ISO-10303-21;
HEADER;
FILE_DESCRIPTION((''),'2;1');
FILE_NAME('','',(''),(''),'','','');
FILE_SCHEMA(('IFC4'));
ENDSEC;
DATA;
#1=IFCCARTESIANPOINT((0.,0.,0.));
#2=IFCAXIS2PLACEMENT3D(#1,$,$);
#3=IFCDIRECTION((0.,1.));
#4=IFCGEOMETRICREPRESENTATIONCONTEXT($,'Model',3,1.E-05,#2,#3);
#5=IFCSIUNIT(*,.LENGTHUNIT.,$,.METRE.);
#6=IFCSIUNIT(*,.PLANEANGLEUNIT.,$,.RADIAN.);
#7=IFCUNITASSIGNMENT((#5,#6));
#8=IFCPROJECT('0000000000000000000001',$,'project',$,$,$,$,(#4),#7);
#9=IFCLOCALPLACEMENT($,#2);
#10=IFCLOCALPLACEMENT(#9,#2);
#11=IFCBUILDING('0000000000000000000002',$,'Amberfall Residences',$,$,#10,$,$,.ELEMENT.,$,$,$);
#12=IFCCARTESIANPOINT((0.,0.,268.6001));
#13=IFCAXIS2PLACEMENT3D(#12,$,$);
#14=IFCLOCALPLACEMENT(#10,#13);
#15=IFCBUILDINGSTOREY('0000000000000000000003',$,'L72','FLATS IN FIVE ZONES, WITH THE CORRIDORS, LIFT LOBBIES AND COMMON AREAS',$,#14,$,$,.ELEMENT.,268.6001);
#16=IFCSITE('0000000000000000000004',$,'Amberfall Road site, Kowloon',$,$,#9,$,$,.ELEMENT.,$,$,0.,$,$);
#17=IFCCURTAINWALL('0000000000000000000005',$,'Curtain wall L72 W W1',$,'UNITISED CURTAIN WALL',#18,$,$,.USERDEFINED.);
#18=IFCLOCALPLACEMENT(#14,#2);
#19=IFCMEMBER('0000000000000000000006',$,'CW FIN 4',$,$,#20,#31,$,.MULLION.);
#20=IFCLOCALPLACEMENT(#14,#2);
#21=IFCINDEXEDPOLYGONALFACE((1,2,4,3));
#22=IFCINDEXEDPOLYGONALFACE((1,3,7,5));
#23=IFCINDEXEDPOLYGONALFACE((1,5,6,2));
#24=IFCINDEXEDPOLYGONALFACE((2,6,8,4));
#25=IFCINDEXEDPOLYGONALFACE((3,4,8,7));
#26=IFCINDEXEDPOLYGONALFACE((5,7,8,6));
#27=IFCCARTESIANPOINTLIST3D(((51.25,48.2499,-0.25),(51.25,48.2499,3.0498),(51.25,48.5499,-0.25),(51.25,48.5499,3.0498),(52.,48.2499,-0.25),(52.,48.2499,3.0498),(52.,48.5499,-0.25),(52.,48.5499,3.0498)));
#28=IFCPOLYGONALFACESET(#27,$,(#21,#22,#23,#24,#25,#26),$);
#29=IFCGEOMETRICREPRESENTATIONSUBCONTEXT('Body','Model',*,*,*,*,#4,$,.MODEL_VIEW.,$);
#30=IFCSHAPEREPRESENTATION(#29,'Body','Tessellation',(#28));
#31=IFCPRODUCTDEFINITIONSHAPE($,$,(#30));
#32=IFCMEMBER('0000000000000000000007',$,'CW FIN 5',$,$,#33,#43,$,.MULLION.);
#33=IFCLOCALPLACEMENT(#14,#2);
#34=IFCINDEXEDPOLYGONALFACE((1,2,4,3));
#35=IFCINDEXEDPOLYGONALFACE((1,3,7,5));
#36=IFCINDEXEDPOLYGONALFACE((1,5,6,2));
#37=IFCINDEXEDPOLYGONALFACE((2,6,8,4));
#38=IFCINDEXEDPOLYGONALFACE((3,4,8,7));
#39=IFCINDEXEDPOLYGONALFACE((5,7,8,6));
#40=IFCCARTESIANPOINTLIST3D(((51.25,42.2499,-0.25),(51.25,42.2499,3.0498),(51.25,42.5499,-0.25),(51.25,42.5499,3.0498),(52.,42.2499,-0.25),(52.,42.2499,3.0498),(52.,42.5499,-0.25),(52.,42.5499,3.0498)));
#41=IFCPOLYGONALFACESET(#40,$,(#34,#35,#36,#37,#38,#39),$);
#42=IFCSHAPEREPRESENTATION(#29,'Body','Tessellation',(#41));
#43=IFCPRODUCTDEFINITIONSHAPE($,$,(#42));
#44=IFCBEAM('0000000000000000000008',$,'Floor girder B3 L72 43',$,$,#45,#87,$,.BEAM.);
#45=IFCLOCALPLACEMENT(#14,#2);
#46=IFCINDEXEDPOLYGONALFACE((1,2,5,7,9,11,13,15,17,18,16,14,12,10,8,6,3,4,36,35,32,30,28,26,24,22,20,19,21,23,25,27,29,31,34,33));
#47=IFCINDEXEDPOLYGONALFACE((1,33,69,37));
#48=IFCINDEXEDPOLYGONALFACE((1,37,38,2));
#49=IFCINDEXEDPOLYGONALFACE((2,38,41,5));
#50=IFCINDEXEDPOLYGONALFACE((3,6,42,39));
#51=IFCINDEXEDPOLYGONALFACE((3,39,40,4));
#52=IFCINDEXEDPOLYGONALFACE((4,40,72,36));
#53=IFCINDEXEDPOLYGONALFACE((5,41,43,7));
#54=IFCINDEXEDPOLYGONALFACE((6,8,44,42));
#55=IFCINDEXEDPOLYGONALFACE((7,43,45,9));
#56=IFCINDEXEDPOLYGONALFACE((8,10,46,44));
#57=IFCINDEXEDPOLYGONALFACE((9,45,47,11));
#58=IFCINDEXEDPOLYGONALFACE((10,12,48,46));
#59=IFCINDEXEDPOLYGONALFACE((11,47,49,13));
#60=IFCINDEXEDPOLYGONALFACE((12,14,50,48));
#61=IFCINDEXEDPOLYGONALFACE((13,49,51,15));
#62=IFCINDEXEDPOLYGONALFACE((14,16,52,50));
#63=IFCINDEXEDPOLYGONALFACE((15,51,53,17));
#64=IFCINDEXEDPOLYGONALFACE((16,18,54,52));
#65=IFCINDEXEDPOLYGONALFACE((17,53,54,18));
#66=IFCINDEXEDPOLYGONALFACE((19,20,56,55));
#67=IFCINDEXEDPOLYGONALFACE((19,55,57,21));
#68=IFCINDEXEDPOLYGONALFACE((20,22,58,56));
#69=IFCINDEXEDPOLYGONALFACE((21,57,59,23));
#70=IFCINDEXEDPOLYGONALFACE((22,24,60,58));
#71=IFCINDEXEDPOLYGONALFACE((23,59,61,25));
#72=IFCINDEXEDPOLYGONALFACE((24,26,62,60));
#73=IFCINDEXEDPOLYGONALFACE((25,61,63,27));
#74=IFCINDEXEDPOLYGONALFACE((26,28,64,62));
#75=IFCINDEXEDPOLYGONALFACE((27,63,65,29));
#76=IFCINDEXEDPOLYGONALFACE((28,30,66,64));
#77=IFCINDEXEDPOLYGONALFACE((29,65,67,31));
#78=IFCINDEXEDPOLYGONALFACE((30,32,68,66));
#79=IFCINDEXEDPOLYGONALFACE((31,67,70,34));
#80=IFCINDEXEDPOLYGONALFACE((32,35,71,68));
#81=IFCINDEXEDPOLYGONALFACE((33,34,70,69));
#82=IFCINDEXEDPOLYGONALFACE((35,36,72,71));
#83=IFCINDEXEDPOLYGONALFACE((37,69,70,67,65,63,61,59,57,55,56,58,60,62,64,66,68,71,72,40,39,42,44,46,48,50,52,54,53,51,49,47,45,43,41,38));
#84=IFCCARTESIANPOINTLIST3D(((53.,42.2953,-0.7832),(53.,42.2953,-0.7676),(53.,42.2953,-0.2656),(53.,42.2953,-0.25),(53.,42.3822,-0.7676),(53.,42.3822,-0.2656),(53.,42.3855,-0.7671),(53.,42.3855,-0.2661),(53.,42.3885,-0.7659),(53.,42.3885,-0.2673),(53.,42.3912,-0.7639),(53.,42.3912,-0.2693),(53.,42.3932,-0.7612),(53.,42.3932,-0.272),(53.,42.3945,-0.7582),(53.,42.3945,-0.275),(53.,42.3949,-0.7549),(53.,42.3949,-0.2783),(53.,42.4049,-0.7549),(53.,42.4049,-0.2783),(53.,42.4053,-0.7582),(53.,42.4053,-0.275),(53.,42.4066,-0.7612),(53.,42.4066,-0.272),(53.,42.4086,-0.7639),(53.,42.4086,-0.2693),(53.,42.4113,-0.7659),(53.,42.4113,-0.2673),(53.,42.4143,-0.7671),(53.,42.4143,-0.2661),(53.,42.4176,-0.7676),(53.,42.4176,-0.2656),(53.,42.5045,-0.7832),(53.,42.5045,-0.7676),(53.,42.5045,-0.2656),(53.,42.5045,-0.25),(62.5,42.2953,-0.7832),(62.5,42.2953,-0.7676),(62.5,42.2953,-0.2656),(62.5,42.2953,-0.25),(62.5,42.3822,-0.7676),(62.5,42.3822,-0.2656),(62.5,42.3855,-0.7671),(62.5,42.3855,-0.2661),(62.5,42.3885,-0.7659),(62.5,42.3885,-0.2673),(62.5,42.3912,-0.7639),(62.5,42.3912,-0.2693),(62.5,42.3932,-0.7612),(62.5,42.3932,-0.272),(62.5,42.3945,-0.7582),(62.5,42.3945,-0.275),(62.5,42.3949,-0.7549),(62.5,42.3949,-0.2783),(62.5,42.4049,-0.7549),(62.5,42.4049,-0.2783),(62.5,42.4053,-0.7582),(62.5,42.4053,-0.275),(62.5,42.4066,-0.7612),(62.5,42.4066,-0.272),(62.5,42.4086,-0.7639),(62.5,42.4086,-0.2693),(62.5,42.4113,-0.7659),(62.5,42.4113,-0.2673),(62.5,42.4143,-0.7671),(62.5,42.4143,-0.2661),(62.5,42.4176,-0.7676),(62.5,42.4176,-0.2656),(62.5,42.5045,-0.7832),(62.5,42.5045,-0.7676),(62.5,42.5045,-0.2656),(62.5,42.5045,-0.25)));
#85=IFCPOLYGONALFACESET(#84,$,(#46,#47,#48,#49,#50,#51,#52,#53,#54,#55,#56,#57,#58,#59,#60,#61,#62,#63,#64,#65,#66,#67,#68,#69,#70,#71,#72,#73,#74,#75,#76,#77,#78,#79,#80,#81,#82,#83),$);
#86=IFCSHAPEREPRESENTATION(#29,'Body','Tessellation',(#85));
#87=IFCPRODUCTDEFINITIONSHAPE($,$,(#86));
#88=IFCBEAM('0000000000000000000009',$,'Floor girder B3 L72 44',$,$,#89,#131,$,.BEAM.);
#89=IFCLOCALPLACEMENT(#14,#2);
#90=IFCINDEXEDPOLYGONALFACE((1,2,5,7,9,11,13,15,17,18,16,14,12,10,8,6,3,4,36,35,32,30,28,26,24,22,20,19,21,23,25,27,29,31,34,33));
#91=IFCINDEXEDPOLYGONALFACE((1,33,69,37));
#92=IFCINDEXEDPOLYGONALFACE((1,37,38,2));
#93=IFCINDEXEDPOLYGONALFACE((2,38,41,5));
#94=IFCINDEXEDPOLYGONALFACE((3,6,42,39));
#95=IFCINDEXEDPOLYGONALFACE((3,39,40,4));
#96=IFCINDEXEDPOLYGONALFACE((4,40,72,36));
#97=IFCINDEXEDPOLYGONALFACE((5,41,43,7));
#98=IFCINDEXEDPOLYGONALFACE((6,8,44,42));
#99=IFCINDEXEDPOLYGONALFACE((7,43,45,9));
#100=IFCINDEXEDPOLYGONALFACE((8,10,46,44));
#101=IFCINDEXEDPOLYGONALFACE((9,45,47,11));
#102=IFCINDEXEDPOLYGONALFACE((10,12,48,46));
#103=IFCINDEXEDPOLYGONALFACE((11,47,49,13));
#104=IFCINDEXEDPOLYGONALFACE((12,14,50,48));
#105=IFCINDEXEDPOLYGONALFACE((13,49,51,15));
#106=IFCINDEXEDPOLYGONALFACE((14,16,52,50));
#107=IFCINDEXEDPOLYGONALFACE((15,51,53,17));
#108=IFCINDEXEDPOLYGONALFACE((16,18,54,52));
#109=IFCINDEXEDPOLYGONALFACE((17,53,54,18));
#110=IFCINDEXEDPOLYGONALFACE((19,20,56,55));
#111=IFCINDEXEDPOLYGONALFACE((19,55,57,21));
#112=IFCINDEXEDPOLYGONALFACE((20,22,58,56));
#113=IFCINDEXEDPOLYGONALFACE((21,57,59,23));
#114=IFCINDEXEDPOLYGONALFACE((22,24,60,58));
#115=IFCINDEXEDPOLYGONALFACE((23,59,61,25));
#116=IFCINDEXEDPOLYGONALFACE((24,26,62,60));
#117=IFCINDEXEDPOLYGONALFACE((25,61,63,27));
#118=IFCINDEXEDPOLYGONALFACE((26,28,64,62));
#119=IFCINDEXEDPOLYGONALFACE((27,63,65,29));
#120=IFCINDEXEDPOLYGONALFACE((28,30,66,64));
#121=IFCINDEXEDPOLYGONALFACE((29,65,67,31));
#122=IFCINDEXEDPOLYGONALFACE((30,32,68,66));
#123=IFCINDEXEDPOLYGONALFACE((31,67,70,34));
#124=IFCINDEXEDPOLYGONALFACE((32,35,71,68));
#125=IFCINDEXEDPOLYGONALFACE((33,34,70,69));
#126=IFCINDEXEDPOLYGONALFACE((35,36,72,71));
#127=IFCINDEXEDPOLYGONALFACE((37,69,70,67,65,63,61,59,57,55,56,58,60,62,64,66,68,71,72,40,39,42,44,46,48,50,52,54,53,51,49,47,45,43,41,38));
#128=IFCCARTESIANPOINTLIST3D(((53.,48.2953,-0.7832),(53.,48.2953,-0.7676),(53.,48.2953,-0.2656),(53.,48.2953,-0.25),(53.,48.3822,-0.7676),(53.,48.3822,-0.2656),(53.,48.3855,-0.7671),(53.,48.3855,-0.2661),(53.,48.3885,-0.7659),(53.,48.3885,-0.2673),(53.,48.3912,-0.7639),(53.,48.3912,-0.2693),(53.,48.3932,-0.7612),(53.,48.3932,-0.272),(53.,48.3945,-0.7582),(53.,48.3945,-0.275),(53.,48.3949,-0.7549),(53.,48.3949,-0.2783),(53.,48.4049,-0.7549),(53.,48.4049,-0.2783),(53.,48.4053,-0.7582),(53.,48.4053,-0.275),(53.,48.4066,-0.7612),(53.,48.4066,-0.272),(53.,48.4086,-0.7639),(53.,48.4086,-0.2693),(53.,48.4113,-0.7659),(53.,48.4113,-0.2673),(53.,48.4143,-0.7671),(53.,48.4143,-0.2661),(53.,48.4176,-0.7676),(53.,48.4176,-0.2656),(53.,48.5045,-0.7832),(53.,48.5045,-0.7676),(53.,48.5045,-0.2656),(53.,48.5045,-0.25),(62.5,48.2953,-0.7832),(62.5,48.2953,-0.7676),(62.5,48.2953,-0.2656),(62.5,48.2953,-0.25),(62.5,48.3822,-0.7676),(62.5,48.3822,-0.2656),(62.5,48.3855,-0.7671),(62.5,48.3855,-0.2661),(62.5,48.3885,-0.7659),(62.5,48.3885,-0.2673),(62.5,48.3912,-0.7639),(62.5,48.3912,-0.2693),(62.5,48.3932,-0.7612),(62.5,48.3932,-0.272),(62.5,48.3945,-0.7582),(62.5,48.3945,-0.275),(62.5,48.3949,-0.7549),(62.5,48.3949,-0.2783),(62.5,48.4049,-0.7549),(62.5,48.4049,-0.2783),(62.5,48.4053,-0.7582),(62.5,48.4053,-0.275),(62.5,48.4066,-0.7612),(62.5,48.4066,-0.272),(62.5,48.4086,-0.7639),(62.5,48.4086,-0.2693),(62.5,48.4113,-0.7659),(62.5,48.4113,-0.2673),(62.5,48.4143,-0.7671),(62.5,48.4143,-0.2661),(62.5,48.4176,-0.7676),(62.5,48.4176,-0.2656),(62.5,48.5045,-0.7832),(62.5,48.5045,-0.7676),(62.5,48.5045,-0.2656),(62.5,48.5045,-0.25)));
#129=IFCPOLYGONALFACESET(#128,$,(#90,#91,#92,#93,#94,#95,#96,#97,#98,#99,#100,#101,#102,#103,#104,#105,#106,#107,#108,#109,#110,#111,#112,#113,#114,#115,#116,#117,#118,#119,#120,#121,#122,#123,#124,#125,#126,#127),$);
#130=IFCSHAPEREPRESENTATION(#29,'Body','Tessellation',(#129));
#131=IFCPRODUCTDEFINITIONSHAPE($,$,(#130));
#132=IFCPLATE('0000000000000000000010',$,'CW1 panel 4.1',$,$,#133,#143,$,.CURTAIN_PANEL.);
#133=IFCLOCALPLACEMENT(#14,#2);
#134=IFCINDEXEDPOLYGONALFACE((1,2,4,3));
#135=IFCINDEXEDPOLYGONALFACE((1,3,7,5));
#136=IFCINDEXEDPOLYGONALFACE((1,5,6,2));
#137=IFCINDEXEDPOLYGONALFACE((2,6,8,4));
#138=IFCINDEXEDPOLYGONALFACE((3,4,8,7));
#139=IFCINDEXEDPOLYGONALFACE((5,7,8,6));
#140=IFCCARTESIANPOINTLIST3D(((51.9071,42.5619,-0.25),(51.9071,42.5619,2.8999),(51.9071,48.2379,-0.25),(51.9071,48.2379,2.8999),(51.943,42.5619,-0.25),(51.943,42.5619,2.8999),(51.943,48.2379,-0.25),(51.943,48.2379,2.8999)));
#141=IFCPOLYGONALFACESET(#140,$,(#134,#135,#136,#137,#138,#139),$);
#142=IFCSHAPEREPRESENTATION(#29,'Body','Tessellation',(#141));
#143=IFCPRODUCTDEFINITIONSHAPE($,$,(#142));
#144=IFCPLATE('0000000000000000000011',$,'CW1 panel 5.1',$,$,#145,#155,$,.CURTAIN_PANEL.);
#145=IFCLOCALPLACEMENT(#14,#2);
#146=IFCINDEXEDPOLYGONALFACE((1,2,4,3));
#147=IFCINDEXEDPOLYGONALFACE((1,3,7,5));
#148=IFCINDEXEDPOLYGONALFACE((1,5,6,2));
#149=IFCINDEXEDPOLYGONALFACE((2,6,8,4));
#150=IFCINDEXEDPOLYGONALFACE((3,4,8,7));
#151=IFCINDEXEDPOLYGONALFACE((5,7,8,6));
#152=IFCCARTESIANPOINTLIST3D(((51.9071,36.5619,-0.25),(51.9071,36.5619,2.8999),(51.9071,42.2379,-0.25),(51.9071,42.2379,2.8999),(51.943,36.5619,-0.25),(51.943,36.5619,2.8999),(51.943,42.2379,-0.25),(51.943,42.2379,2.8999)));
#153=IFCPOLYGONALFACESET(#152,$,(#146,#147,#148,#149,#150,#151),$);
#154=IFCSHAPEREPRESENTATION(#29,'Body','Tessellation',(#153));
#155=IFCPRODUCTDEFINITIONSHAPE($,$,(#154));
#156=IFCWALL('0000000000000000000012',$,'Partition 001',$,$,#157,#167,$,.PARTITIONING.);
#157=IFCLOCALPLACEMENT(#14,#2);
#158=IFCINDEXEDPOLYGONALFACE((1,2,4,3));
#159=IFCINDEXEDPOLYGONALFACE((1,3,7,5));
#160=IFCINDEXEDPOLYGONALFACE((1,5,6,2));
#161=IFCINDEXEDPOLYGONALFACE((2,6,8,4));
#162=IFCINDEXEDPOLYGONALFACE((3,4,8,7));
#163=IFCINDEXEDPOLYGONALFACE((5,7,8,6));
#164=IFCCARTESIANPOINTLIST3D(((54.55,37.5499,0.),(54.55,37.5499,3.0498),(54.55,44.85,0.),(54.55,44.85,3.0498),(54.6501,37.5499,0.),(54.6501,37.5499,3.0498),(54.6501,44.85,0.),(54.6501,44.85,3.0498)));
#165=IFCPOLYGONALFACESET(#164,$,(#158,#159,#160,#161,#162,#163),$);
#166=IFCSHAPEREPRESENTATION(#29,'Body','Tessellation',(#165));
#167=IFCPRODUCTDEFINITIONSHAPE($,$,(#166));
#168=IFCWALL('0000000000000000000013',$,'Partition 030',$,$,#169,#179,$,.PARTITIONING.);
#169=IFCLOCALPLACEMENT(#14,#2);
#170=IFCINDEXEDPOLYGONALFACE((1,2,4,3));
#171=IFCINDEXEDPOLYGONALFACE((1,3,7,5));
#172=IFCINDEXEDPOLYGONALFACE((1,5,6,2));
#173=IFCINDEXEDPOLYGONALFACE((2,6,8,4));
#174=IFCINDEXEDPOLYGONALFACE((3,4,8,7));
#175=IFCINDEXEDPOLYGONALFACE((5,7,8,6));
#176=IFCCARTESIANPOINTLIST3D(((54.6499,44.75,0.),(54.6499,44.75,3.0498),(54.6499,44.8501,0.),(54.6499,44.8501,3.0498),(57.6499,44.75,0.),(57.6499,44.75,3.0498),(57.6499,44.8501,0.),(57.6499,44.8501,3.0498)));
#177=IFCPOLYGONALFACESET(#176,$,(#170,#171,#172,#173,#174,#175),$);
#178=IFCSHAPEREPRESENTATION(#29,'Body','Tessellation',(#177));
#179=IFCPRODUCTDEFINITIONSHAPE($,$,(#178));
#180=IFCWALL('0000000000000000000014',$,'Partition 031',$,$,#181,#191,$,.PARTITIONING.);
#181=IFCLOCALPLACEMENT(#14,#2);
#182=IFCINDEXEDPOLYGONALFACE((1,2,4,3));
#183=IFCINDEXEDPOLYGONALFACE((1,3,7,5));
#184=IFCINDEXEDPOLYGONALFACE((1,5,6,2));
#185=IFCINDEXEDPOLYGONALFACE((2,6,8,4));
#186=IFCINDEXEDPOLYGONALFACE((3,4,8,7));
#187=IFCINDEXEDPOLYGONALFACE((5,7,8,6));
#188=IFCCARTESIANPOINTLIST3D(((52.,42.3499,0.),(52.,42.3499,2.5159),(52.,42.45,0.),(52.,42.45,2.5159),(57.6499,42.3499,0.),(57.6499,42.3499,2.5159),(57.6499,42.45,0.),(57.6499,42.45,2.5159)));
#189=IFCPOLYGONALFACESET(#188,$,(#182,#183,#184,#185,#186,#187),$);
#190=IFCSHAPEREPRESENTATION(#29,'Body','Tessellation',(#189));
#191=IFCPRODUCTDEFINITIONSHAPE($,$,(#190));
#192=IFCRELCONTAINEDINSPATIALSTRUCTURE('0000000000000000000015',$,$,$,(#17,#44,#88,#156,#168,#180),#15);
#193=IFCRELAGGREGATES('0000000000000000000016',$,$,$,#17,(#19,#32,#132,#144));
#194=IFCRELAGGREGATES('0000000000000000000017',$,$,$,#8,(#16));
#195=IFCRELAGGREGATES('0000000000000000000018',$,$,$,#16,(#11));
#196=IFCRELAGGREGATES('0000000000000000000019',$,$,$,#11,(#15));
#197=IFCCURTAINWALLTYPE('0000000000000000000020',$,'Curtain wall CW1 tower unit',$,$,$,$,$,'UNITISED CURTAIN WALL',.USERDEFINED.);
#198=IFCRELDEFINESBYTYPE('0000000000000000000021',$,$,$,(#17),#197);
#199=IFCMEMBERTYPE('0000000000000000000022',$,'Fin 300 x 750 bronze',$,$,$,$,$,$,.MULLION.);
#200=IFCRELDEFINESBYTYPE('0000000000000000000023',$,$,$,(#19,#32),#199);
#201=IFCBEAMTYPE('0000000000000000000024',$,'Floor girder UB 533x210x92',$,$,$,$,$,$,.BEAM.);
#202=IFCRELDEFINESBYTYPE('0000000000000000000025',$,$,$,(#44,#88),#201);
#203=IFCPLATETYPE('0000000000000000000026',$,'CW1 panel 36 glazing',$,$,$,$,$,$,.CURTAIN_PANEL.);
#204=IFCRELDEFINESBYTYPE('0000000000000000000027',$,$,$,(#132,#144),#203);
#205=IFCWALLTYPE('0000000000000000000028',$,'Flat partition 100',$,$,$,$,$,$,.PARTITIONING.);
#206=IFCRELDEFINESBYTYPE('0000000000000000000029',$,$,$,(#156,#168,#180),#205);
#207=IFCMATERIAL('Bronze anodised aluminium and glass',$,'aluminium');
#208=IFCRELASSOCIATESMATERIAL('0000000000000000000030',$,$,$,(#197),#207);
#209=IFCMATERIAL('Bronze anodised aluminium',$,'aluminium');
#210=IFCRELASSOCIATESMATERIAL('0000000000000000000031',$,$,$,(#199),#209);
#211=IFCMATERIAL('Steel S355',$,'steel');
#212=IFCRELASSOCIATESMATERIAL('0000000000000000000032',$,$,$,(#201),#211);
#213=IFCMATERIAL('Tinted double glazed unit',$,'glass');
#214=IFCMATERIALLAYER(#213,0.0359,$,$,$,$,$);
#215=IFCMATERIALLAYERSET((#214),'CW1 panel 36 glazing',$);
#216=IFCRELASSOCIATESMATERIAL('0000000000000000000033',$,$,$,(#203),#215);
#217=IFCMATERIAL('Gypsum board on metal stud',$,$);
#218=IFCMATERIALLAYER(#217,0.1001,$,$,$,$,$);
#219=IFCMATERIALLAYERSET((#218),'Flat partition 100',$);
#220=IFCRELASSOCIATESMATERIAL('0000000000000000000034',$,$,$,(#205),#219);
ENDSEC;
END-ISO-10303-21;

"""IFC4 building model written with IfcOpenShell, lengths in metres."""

from ifc_helpers import new_model, si_unit, direction, frame, frame_2d, origin, origin_2d, place, context, subcontext, project, spatial, rectangle, i_section, extrude, material, layer, layer_set, material_profile, profile_set, type_object, element, aggregate, save


model = new_model("IFC4")

# Units and contexts
model_context = context("Model", 3, precision=1e-05, world=origin(), true_north=direction((0.0, 1.0)))
body_context = subcontext(model_context, "Body", "Model", "MODEL_VIEW")
ifc_project = project(units=[si_unit("LENGTHUNIT", "METRE"), si_unit("PLANEANGLEUNIT", "RADIAN")], contexts=[model_context])

# Site, building, storey
site_placement = place(None, origin())
site = spatial("IfcSite", under=ifc_project, at=site_placement, Name="Amberfall Road site, Kowloon", CompositionType="ELEMENT", RefElevation=0.0)
building_placement = place(site_placement, origin())
building = spatial("IfcBuilding", under=site, at=building_placement, Name="Amberfall Residences", CompositionType="ELEMENT")
storey_placement = place(building_placement, frame((0.0, 0.0, 268.6001)))
storey = spatial("IfcBuildingStorey", under=building, at=storey_placement, Name="L72", Description="FLATS IN FIVE ZONES, WITH THE CORRIDORS, LIFT LOBBIES AND COMMON AREAS", CompositionType="ELEMENT", Elevation=268.6001)

# Curtain wall
ifc_material_1 = material(Name="Bronze anodised aluminium and glass", Category="aluminium")
curtain_wall_type = type_object("IfcCurtainWallType", Name="Curtain wall CW1 tower unit", ElementType="UNITISED CURTAIN WALL", PredefinedType="USERDEFINED", material=ifc_material_1)
curtain_wall_placement = place(storey_placement, origin())
curtain_wall = element("IfcCurtainWall", 1, at=curtain_wall_placement, inside=storey, type_object=curtain_wall_type, Name="Curtain wall L72 W W1", ObjectType="UNITISED CURTAIN WALL", PredefinedType="USERDEFINED")
ifc_material_2 = material(Name="Bronze anodised aluminium", Category="aluminium")

# Shared definitions
ifc_material_3 = material(Name="Steel S355", Category="steel")

# Members
ifc_material_profile_1 = material_profile(ifc_material_2, rectangle(XDim=0.75, YDim=0.3, at=origin_2d()), Name="Fin 300 x 750 bronze")
ifc_profile_set_1 = profile_set([ifc_material_profile_1], Name="Bronze anodised aluminium")
member_type_1 = type_object("IfcMemberType", Name="Fin 300 x 750 bronze", PredefinedType="MULLION", material=ifc_profile_set_1)
member_1_placement = place(storey_placement, frame((51.625, 48.3999, -0.25), z_axis=(0.0, 0.0, 1.0), x_axis=(1.0, 0.0, 0.0)))
member_1 = element("IfcMember", 2, at=member_1_placement, type_object=member_type_1, Name="CW FIN 4", PredefinedType="MULLION", context=body_context, shape_type="SweptSolid", body=[
    extrude(rectangle(XDim=0.75, YDim=0.3, at=origin_2d()), origin(), (0.0, 0.0, 1.0), 3.2998),
])
member_2_placement = place(storey_placement, frame((51.625, 42.3999, -0.25), z_axis=(0.0, 0.0, 1.0), x_axis=(1.0, 0.0, 0.0)))
member_2 = element("IfcMember", 3, at=member_2_placement, type_object=member_type_1, Name="CW FIN 5", PredefinedType="MULLION", context=body_context, shape_type="SweptSolid", body=[
    extrude(rectangle(XDim=0.75, YDim=0.3, at=origin_2d()), origin(), (0.0, 0.0, 1.0), 3.2998),
])

# Beams
ifc_material_profile_2 = material_profile(ifc_material_3, i_section(OverallWidth=0.2092, OverallDepth=0.5332, WebThickness=0.01, FlangeThickness=0.0156, FilletRadius=0.0127, at=origin_2d()), Name="UB 533x210x92")
ifc_profile_set_2 = profile_set([ifc_material_profile_2], Name="Steel S355")
beam_type_1 = type_object("IfcBeamType", Name="Floor girder UB 533x210x92", PredefinedType="BEAM", material=ifc_profile_set_2)
for number, where, z_axis, x_axis, name in (
    (4, (53.0, 42.3999, -0.5166), (1.0, 0.0, 0.0), (0.0, 1.0, 0.0), "Floor girder B3 L72 43"),
    (5, (53.0, 48.3999, -0.5166), (1.0, 0.0, 0.0), (0.0, 1.0, 0.0), "Floor girder B3 L72 44"),
):
    element("IfcBeam", number, at=place(storey_placement, frame(where, z_axis=z_axis, x_axis=x_axis)), inside=storey, type_object=beam_type_1, Name=name, PredefinedType="BEAM", context=body_context, shape_type="SweptSolid", body=[
        extrude(i_section(OverallWidth=0.2092, OverallDepth=0.5332, WebThickness=0.01, FlangeThickness=0.0156, FilletRadius=0.0127, at=origin_2d()), origin(), (0.0, 0.0, 1.0), 9.5),
    ])

# Plates
ifc_material_4 = material(Name="Tinted double glazed unit", Category="glass")
ifc_layer_1 = layer(ifc_material_4, 0.0359)
ifc_layer_set_1 = layer_set([ifc_layer_1], Name="CW1 panel 36 glazing")
plate_type = type_object("IfcPlateType", Name="CW1 panel 36 glazing", PredefinedType="CURTAIN_PANEL", material=ifc_layer_set_1)
plate_1_placement = place(storey_placement, frame((51.925, 45.3999, -0.25), z_axis=(0.0, 0.0, 1.0), x_axis=(0.0, -1.0, 0.0)))
plate_1 = element("IfcPlate", 6, at=plate_1_placement, type_object=plate_type, Name="CW1 panel 4.1", PredefinedType="CURTAIN_PANEL", context=body_context, shape_type="SweptSolid", body=[
    extrude(rectangle(XDim=5.676, YDim=0.0359, at=origin_2d()), origin(), (0.0, 0.0, 1.0), 3.1499),
])
plate_2_placement = place(storey_placement, frame((51.925, 39.3999, -0.25), z_axis=(0.0, 0.0, 1.0), x_axis=(0.0, -1.0, 0.0)))
plate_2 = element("IfcPlate", 7, at=plate_2_placement, type_object=plate_type, Name="CW1 panel 5.1", PredefinedType="CURTAIN_PANEL", context=body_context, shape_type="SweptSolid", body=[
    extrude(rectangle(XDim=5.676, YDim=0.0359, at=origin_2d()), origin(), (0.0, 0.0, 1.0), 3.1499),
])
aggregate(curtain_wall, [member_1, member_2, plate_1, plate_2])

# Walls
ifc_material_5 = material(Name="Gypsum board on metal stud")
ifc_layer_2 = layer(ifc_material_5, 0.1001)
ifc_layer_set_2 = layer_set([ifc_layer_2], Name="Flat partition 100")
wall_type_1 = type_object("IfcWallType", Name="Flat partition 100", PredefinedType="PARTITIONING", material=ifc_layer_set_2)
wall_1_placement = place(storey_placement, frame((54.6001, 37.55, 0.0), z_axis=(0.0, 0.0, 1.0), x_axis=(0.0, 1.0, 0.0)))
element("IfcWall", 8, at=wall_1_placement, inside=storey, type_object=wall_type_1, Name="Partition 001", PredefinedType="PARTITIONING", context=body_context, shape_type="SweptSolid", body=[
    extrude(rectangle(XDim=7.3, YDim=0.1001, at=frame_2d((3.6499, 0.0))), origin(), (0.0, 0.0, 1.0), 3.0498),
])
wall_2_placement = place(storey_placement, frame((54.6499, 44.8, 0.0), z_axis=(0.0, 0.0, 1.0), x_axis=(1.0, 0.0, 0.0)))
element("IfcWall", 9, at=wall_2_placement, inside=storey, type_object=wall_type_1, Name="Partition 030", PredefinedType="PARTITIONING", context=body_context, shape_type="SweptSolid", body=[
    extrude(rectangle(XDim=3.0, YDim=0.1001, at=frame_2d((1.5, 0.0))), origin(), (0.0, 0.0, 1.0), 3.0498),
])
wall_3_placement = place(storey_placement, frame((52.0, 42.3999, 0.0), z_axis=(0.0, 0.0, 1.0), x_axis=(1.0, 0.0, 0.0)))
element("IfcWall", 10, at=wall_3_placement, inside=storey, type_object=wall_type_1, Name="Partition 031", PredefinedType="PARTITIONING", context=body_context, shape_type="SweptSolid", body=[
    extrude(rectangle(XDim=5.6499, YDim=0.1001, at=frame_2d((2.825, 0.0))), origin(), (0.0, 0.0, 1.0), 2.5159),
])

save(model, "model.ifc")
